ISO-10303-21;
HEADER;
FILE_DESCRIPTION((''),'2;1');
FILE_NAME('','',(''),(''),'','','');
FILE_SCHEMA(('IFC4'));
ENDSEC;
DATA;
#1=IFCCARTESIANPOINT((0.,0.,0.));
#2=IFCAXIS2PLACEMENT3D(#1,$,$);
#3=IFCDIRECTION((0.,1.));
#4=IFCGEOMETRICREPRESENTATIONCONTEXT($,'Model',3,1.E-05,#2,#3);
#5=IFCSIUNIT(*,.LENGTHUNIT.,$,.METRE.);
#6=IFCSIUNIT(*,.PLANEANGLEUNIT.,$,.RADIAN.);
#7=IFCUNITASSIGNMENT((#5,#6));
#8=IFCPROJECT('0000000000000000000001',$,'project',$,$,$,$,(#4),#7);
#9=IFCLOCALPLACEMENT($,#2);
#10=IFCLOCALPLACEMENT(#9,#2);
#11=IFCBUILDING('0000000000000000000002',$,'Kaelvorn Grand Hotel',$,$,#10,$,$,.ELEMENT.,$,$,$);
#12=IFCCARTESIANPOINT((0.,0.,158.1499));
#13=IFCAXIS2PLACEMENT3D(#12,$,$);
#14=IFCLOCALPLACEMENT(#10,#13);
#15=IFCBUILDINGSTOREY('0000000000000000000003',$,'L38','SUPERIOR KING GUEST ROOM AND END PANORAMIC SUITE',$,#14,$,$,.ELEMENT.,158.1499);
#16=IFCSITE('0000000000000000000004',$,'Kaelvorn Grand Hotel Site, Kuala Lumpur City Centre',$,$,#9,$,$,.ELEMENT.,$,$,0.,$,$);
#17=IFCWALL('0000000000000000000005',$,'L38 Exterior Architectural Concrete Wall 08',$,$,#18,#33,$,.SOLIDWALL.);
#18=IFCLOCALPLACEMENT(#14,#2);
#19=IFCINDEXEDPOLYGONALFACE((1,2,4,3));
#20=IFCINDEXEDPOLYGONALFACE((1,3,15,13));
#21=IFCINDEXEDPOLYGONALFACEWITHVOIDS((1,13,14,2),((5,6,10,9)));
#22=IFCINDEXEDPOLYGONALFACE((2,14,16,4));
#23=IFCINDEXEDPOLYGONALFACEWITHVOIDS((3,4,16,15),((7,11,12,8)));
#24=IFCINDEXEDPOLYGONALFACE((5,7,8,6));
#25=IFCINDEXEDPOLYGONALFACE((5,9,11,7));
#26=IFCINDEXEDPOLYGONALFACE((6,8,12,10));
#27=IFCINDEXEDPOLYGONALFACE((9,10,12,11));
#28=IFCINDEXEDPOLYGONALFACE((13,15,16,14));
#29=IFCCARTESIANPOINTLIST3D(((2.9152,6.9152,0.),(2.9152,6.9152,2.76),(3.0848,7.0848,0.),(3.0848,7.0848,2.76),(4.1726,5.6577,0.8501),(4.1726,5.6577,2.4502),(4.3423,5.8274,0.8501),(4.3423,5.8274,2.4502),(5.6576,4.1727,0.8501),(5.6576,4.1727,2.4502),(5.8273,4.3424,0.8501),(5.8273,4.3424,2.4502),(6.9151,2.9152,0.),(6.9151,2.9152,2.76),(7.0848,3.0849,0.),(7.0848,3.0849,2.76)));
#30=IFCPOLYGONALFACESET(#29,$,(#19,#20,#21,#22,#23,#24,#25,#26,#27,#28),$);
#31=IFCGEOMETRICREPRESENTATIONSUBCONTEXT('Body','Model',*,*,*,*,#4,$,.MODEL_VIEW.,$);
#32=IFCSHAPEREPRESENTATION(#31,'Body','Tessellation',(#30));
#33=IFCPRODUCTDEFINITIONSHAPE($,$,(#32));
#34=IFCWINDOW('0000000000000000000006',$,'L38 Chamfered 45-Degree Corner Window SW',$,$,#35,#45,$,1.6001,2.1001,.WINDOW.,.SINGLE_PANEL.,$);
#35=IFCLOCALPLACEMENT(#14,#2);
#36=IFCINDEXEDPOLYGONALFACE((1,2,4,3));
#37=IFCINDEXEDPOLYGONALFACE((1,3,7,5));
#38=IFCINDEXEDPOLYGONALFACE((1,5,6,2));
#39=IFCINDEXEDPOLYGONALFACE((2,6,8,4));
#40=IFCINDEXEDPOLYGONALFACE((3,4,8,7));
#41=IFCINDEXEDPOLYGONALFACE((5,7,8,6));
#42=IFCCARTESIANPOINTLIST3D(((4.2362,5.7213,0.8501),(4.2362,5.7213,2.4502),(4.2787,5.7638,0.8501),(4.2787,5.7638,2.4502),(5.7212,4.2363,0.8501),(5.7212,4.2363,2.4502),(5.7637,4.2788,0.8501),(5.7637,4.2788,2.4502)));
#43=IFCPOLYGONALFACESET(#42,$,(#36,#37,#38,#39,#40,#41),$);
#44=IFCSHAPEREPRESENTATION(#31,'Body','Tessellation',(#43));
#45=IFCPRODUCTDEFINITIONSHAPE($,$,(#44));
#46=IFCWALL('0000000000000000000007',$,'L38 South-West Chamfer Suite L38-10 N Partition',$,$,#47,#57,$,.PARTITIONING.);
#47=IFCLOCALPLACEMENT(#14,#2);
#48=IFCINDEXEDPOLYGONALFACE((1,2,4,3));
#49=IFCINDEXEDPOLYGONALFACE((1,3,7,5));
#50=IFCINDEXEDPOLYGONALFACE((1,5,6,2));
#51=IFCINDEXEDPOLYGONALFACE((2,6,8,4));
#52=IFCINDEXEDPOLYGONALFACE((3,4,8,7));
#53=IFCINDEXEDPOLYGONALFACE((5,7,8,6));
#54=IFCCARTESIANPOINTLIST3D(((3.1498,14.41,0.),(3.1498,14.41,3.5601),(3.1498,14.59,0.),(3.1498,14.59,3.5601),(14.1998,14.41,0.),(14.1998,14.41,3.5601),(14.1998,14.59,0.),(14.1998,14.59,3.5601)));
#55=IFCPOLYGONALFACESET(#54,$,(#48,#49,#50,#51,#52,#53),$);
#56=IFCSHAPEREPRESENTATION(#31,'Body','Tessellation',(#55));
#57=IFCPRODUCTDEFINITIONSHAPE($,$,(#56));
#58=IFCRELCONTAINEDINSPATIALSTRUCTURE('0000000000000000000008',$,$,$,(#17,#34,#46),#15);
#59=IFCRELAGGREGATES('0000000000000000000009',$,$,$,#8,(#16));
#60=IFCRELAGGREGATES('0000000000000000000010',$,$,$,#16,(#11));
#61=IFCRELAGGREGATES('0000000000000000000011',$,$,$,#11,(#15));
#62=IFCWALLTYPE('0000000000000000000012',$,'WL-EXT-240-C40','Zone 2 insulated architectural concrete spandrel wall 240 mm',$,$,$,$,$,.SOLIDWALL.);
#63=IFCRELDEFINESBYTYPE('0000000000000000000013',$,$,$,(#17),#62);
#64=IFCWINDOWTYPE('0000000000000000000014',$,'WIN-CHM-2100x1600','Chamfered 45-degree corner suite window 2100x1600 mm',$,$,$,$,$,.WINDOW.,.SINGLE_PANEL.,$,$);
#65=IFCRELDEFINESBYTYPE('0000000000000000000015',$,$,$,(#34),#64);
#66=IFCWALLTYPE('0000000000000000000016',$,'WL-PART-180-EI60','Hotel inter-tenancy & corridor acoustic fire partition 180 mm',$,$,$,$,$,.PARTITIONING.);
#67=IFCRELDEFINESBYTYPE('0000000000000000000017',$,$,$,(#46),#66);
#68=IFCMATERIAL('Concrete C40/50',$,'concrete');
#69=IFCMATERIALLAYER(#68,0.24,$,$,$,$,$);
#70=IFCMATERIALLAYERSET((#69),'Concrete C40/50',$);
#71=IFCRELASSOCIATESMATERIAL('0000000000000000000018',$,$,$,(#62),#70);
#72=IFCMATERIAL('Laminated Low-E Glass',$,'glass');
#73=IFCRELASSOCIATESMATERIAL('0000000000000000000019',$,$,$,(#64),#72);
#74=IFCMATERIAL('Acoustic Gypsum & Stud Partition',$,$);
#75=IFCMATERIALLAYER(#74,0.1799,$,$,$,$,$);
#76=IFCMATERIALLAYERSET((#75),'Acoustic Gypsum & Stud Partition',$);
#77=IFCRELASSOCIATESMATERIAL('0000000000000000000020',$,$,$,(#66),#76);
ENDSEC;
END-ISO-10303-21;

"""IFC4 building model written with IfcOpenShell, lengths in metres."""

from ifc_helpers import new_model, si_unit, direction, frame, frame_2d, origin, place, context, subcontext, project, spatial, rectangle, extrude, material, layer, layer_set, type_object, element, fill, save


model = new_model("IFC4")

# Units and contexts
model_context = context("Model", 3, precision=1e-05, world=origin(), true_north=direction((0.0, 1.0)))
body_context = subcontext(model_context, "Body", "Model", "MODEL_VIEW")
ifc_project = project(units=[si_unit("LENGTHUNIT", "METRE"), si_unit("PLANEANGLEUNIT", "RADIAN")], contexts=[model_context])

# Site, building, storey
site_placement = place(None, origin())
site = spatial("IfcSite", under=ifc_project, at=site_placement, Name="Kaelvorn Grand Hotel Site, Kuala Lumpur City Centre", CompositionType="ELEMENT", RefElevation=0.0)
building_placement = place(site_placement, origin())
building = spatial("IfcBuilding", under=site, at=building_placement, Name="Kaelvorn Grand Hotel", CompositionType="ELEMENT")
storey_placement = place(building_placement, frame((0.0, 0.0, 158.1499)))
storey = spatial("IfcBuildingStorey", under=building, at=storey_placement, Name="L38", Description="SUPERIOR KING GUEST ROOM AND END PANORAMIC SUITE", CompositionType="ELEMENT", Elevation=158.1499)

# Wall, opening, window
ifc_material_1 = material(Name="Concrete C40/50", Category="concrete")
ifc_layer_1 = layer(ifc_material_1, 0.24)
ifc_layer_set_1 = layer_set([ifc_layer_1], Name="Concrete C40/50")
wall_type_1 = type_object("IfcWallType", Name="WL-EXT-240-C40", Description="Zone 2 insulated architectural concrete spandrel wall 240 mm", PredefinedType="SOLIDWALL", material=ifc_layer_set_1)
wall_1_placement = place(storey_placement, frame((3.0, 7.0, 0.0), z_axis=(0.0, 0.0, 1.0), x_axis=(0.707107, -0.707107, 0.0)))
wall_1 = element("IfcWall", 1, at=wall_1_placement, inside=storey, type_object=wall_type_1, Name="L38 Exterior Architectural Concrete Wall 08", PredefinedType="SOLIDWALL", context=body_context, shape_type="SweptSolid", body=[
    extrude(rectangle(XDim=5.6567, YDim=0.24, at=frame_2d((2.8284, 0.0))), origin(), (0.0, 0.0, 1.0), 2.76),
])
opening_placement = place(wall_1_placement, frame((1.7783, 0.0, 0.8501)))
opening = element("IfcOpeningElement", 2, at=opening_placement, cuts=wall_1, PredefinedType="OPENING", context=body_context, shape_type="SweptSolid", body=[
    extrude(rectangle(XDim=2.1001, YDim=1.6001, at=frame_2d((1.05, 0.8))), frame((0.0, 0.1299, 0.0), z_axis=(0.0, -1.0, 0.0), x_axis=(1.0, 0.0, 0.0)), (0.0, 0.0, 1.0), 0.26),
])
ifc_material_2 = material(Name="Laminated Low-E Glass", Category="glass")
window_type = type_object("IfcWindowType", Name="WIN-CHM-2100x1600", Description="Chamfered 45-degree corner suite window 2100x1600 mm", PartitioningType="SINGLE_PANEL", PredefinedType="WINDOW", material=ifc_material_2)
window_placement = place(opening_placement, origin())
window = element("IfcWindow", 3, at=window_placement, inside=storey, type_object=window_type, Name="L38 Chamfered 45-Degree Corner Window SW", OverallHeight=1.6001, OverallWidth=2.1001, PartitioningType="SINGLE_PANEL", PredefinedType="WINDOW", context=body_context, shape_type="SweptSolid", body=[
    extrude(rectangle(XDim=2.1001, YDim=1.6001, at=frame_2d((1.05, 0.8))), frame((0.0, 0.03, 0.0), z_axis=(0.0, -1.0, 0.0), x_axis=(1.0, 0.0, 0.0)), (0.0, 0.0, 1.0), 0.0601),
])
fill(opening, window)

# Wall
ifc_material_3 = material(Name="Acoustic Gypsum & Stud Partition")
ifc_layer_2 = layer(ifc_material_3, 0.1799)
ifc_layer_set_2 = layer_set([ifc_layer_2], Name="Acoustic Gypsum & Stud Partition")
wall_type_2 = type_object("IfcWallType", Name="WL-PART-180-EI60", Description="Hotel inter-tenancy & corridor acoustic fire partition 180 mm", PredefinedType="PARTITIONING", material=ifc_layer_set_2)
wall_2_placement = place(storey_placement, frame((3.1499, 14.5, 0.0), z_axis=(0.0, 0.0, 1.0), x_axis=(1.0, 0.0, 0.0)))
element("IfcWall", 4, at=wall_2_placement, inside=storey, type_object=wall_type_2, Name="L38 South-West Chamfer Suite L38-10 N Partition", PredefinedType="PARTITIONING", context=body_context, shape_type="SweptSolid", body=[
    extrude(rectangle(XDim=11.05, YDim=0.1799, at=frame_2d((5.5249, 0.0))), origin(), (0.0, 0.0, 1.0), 3.5601),
])

save(model, "model.ifc")
